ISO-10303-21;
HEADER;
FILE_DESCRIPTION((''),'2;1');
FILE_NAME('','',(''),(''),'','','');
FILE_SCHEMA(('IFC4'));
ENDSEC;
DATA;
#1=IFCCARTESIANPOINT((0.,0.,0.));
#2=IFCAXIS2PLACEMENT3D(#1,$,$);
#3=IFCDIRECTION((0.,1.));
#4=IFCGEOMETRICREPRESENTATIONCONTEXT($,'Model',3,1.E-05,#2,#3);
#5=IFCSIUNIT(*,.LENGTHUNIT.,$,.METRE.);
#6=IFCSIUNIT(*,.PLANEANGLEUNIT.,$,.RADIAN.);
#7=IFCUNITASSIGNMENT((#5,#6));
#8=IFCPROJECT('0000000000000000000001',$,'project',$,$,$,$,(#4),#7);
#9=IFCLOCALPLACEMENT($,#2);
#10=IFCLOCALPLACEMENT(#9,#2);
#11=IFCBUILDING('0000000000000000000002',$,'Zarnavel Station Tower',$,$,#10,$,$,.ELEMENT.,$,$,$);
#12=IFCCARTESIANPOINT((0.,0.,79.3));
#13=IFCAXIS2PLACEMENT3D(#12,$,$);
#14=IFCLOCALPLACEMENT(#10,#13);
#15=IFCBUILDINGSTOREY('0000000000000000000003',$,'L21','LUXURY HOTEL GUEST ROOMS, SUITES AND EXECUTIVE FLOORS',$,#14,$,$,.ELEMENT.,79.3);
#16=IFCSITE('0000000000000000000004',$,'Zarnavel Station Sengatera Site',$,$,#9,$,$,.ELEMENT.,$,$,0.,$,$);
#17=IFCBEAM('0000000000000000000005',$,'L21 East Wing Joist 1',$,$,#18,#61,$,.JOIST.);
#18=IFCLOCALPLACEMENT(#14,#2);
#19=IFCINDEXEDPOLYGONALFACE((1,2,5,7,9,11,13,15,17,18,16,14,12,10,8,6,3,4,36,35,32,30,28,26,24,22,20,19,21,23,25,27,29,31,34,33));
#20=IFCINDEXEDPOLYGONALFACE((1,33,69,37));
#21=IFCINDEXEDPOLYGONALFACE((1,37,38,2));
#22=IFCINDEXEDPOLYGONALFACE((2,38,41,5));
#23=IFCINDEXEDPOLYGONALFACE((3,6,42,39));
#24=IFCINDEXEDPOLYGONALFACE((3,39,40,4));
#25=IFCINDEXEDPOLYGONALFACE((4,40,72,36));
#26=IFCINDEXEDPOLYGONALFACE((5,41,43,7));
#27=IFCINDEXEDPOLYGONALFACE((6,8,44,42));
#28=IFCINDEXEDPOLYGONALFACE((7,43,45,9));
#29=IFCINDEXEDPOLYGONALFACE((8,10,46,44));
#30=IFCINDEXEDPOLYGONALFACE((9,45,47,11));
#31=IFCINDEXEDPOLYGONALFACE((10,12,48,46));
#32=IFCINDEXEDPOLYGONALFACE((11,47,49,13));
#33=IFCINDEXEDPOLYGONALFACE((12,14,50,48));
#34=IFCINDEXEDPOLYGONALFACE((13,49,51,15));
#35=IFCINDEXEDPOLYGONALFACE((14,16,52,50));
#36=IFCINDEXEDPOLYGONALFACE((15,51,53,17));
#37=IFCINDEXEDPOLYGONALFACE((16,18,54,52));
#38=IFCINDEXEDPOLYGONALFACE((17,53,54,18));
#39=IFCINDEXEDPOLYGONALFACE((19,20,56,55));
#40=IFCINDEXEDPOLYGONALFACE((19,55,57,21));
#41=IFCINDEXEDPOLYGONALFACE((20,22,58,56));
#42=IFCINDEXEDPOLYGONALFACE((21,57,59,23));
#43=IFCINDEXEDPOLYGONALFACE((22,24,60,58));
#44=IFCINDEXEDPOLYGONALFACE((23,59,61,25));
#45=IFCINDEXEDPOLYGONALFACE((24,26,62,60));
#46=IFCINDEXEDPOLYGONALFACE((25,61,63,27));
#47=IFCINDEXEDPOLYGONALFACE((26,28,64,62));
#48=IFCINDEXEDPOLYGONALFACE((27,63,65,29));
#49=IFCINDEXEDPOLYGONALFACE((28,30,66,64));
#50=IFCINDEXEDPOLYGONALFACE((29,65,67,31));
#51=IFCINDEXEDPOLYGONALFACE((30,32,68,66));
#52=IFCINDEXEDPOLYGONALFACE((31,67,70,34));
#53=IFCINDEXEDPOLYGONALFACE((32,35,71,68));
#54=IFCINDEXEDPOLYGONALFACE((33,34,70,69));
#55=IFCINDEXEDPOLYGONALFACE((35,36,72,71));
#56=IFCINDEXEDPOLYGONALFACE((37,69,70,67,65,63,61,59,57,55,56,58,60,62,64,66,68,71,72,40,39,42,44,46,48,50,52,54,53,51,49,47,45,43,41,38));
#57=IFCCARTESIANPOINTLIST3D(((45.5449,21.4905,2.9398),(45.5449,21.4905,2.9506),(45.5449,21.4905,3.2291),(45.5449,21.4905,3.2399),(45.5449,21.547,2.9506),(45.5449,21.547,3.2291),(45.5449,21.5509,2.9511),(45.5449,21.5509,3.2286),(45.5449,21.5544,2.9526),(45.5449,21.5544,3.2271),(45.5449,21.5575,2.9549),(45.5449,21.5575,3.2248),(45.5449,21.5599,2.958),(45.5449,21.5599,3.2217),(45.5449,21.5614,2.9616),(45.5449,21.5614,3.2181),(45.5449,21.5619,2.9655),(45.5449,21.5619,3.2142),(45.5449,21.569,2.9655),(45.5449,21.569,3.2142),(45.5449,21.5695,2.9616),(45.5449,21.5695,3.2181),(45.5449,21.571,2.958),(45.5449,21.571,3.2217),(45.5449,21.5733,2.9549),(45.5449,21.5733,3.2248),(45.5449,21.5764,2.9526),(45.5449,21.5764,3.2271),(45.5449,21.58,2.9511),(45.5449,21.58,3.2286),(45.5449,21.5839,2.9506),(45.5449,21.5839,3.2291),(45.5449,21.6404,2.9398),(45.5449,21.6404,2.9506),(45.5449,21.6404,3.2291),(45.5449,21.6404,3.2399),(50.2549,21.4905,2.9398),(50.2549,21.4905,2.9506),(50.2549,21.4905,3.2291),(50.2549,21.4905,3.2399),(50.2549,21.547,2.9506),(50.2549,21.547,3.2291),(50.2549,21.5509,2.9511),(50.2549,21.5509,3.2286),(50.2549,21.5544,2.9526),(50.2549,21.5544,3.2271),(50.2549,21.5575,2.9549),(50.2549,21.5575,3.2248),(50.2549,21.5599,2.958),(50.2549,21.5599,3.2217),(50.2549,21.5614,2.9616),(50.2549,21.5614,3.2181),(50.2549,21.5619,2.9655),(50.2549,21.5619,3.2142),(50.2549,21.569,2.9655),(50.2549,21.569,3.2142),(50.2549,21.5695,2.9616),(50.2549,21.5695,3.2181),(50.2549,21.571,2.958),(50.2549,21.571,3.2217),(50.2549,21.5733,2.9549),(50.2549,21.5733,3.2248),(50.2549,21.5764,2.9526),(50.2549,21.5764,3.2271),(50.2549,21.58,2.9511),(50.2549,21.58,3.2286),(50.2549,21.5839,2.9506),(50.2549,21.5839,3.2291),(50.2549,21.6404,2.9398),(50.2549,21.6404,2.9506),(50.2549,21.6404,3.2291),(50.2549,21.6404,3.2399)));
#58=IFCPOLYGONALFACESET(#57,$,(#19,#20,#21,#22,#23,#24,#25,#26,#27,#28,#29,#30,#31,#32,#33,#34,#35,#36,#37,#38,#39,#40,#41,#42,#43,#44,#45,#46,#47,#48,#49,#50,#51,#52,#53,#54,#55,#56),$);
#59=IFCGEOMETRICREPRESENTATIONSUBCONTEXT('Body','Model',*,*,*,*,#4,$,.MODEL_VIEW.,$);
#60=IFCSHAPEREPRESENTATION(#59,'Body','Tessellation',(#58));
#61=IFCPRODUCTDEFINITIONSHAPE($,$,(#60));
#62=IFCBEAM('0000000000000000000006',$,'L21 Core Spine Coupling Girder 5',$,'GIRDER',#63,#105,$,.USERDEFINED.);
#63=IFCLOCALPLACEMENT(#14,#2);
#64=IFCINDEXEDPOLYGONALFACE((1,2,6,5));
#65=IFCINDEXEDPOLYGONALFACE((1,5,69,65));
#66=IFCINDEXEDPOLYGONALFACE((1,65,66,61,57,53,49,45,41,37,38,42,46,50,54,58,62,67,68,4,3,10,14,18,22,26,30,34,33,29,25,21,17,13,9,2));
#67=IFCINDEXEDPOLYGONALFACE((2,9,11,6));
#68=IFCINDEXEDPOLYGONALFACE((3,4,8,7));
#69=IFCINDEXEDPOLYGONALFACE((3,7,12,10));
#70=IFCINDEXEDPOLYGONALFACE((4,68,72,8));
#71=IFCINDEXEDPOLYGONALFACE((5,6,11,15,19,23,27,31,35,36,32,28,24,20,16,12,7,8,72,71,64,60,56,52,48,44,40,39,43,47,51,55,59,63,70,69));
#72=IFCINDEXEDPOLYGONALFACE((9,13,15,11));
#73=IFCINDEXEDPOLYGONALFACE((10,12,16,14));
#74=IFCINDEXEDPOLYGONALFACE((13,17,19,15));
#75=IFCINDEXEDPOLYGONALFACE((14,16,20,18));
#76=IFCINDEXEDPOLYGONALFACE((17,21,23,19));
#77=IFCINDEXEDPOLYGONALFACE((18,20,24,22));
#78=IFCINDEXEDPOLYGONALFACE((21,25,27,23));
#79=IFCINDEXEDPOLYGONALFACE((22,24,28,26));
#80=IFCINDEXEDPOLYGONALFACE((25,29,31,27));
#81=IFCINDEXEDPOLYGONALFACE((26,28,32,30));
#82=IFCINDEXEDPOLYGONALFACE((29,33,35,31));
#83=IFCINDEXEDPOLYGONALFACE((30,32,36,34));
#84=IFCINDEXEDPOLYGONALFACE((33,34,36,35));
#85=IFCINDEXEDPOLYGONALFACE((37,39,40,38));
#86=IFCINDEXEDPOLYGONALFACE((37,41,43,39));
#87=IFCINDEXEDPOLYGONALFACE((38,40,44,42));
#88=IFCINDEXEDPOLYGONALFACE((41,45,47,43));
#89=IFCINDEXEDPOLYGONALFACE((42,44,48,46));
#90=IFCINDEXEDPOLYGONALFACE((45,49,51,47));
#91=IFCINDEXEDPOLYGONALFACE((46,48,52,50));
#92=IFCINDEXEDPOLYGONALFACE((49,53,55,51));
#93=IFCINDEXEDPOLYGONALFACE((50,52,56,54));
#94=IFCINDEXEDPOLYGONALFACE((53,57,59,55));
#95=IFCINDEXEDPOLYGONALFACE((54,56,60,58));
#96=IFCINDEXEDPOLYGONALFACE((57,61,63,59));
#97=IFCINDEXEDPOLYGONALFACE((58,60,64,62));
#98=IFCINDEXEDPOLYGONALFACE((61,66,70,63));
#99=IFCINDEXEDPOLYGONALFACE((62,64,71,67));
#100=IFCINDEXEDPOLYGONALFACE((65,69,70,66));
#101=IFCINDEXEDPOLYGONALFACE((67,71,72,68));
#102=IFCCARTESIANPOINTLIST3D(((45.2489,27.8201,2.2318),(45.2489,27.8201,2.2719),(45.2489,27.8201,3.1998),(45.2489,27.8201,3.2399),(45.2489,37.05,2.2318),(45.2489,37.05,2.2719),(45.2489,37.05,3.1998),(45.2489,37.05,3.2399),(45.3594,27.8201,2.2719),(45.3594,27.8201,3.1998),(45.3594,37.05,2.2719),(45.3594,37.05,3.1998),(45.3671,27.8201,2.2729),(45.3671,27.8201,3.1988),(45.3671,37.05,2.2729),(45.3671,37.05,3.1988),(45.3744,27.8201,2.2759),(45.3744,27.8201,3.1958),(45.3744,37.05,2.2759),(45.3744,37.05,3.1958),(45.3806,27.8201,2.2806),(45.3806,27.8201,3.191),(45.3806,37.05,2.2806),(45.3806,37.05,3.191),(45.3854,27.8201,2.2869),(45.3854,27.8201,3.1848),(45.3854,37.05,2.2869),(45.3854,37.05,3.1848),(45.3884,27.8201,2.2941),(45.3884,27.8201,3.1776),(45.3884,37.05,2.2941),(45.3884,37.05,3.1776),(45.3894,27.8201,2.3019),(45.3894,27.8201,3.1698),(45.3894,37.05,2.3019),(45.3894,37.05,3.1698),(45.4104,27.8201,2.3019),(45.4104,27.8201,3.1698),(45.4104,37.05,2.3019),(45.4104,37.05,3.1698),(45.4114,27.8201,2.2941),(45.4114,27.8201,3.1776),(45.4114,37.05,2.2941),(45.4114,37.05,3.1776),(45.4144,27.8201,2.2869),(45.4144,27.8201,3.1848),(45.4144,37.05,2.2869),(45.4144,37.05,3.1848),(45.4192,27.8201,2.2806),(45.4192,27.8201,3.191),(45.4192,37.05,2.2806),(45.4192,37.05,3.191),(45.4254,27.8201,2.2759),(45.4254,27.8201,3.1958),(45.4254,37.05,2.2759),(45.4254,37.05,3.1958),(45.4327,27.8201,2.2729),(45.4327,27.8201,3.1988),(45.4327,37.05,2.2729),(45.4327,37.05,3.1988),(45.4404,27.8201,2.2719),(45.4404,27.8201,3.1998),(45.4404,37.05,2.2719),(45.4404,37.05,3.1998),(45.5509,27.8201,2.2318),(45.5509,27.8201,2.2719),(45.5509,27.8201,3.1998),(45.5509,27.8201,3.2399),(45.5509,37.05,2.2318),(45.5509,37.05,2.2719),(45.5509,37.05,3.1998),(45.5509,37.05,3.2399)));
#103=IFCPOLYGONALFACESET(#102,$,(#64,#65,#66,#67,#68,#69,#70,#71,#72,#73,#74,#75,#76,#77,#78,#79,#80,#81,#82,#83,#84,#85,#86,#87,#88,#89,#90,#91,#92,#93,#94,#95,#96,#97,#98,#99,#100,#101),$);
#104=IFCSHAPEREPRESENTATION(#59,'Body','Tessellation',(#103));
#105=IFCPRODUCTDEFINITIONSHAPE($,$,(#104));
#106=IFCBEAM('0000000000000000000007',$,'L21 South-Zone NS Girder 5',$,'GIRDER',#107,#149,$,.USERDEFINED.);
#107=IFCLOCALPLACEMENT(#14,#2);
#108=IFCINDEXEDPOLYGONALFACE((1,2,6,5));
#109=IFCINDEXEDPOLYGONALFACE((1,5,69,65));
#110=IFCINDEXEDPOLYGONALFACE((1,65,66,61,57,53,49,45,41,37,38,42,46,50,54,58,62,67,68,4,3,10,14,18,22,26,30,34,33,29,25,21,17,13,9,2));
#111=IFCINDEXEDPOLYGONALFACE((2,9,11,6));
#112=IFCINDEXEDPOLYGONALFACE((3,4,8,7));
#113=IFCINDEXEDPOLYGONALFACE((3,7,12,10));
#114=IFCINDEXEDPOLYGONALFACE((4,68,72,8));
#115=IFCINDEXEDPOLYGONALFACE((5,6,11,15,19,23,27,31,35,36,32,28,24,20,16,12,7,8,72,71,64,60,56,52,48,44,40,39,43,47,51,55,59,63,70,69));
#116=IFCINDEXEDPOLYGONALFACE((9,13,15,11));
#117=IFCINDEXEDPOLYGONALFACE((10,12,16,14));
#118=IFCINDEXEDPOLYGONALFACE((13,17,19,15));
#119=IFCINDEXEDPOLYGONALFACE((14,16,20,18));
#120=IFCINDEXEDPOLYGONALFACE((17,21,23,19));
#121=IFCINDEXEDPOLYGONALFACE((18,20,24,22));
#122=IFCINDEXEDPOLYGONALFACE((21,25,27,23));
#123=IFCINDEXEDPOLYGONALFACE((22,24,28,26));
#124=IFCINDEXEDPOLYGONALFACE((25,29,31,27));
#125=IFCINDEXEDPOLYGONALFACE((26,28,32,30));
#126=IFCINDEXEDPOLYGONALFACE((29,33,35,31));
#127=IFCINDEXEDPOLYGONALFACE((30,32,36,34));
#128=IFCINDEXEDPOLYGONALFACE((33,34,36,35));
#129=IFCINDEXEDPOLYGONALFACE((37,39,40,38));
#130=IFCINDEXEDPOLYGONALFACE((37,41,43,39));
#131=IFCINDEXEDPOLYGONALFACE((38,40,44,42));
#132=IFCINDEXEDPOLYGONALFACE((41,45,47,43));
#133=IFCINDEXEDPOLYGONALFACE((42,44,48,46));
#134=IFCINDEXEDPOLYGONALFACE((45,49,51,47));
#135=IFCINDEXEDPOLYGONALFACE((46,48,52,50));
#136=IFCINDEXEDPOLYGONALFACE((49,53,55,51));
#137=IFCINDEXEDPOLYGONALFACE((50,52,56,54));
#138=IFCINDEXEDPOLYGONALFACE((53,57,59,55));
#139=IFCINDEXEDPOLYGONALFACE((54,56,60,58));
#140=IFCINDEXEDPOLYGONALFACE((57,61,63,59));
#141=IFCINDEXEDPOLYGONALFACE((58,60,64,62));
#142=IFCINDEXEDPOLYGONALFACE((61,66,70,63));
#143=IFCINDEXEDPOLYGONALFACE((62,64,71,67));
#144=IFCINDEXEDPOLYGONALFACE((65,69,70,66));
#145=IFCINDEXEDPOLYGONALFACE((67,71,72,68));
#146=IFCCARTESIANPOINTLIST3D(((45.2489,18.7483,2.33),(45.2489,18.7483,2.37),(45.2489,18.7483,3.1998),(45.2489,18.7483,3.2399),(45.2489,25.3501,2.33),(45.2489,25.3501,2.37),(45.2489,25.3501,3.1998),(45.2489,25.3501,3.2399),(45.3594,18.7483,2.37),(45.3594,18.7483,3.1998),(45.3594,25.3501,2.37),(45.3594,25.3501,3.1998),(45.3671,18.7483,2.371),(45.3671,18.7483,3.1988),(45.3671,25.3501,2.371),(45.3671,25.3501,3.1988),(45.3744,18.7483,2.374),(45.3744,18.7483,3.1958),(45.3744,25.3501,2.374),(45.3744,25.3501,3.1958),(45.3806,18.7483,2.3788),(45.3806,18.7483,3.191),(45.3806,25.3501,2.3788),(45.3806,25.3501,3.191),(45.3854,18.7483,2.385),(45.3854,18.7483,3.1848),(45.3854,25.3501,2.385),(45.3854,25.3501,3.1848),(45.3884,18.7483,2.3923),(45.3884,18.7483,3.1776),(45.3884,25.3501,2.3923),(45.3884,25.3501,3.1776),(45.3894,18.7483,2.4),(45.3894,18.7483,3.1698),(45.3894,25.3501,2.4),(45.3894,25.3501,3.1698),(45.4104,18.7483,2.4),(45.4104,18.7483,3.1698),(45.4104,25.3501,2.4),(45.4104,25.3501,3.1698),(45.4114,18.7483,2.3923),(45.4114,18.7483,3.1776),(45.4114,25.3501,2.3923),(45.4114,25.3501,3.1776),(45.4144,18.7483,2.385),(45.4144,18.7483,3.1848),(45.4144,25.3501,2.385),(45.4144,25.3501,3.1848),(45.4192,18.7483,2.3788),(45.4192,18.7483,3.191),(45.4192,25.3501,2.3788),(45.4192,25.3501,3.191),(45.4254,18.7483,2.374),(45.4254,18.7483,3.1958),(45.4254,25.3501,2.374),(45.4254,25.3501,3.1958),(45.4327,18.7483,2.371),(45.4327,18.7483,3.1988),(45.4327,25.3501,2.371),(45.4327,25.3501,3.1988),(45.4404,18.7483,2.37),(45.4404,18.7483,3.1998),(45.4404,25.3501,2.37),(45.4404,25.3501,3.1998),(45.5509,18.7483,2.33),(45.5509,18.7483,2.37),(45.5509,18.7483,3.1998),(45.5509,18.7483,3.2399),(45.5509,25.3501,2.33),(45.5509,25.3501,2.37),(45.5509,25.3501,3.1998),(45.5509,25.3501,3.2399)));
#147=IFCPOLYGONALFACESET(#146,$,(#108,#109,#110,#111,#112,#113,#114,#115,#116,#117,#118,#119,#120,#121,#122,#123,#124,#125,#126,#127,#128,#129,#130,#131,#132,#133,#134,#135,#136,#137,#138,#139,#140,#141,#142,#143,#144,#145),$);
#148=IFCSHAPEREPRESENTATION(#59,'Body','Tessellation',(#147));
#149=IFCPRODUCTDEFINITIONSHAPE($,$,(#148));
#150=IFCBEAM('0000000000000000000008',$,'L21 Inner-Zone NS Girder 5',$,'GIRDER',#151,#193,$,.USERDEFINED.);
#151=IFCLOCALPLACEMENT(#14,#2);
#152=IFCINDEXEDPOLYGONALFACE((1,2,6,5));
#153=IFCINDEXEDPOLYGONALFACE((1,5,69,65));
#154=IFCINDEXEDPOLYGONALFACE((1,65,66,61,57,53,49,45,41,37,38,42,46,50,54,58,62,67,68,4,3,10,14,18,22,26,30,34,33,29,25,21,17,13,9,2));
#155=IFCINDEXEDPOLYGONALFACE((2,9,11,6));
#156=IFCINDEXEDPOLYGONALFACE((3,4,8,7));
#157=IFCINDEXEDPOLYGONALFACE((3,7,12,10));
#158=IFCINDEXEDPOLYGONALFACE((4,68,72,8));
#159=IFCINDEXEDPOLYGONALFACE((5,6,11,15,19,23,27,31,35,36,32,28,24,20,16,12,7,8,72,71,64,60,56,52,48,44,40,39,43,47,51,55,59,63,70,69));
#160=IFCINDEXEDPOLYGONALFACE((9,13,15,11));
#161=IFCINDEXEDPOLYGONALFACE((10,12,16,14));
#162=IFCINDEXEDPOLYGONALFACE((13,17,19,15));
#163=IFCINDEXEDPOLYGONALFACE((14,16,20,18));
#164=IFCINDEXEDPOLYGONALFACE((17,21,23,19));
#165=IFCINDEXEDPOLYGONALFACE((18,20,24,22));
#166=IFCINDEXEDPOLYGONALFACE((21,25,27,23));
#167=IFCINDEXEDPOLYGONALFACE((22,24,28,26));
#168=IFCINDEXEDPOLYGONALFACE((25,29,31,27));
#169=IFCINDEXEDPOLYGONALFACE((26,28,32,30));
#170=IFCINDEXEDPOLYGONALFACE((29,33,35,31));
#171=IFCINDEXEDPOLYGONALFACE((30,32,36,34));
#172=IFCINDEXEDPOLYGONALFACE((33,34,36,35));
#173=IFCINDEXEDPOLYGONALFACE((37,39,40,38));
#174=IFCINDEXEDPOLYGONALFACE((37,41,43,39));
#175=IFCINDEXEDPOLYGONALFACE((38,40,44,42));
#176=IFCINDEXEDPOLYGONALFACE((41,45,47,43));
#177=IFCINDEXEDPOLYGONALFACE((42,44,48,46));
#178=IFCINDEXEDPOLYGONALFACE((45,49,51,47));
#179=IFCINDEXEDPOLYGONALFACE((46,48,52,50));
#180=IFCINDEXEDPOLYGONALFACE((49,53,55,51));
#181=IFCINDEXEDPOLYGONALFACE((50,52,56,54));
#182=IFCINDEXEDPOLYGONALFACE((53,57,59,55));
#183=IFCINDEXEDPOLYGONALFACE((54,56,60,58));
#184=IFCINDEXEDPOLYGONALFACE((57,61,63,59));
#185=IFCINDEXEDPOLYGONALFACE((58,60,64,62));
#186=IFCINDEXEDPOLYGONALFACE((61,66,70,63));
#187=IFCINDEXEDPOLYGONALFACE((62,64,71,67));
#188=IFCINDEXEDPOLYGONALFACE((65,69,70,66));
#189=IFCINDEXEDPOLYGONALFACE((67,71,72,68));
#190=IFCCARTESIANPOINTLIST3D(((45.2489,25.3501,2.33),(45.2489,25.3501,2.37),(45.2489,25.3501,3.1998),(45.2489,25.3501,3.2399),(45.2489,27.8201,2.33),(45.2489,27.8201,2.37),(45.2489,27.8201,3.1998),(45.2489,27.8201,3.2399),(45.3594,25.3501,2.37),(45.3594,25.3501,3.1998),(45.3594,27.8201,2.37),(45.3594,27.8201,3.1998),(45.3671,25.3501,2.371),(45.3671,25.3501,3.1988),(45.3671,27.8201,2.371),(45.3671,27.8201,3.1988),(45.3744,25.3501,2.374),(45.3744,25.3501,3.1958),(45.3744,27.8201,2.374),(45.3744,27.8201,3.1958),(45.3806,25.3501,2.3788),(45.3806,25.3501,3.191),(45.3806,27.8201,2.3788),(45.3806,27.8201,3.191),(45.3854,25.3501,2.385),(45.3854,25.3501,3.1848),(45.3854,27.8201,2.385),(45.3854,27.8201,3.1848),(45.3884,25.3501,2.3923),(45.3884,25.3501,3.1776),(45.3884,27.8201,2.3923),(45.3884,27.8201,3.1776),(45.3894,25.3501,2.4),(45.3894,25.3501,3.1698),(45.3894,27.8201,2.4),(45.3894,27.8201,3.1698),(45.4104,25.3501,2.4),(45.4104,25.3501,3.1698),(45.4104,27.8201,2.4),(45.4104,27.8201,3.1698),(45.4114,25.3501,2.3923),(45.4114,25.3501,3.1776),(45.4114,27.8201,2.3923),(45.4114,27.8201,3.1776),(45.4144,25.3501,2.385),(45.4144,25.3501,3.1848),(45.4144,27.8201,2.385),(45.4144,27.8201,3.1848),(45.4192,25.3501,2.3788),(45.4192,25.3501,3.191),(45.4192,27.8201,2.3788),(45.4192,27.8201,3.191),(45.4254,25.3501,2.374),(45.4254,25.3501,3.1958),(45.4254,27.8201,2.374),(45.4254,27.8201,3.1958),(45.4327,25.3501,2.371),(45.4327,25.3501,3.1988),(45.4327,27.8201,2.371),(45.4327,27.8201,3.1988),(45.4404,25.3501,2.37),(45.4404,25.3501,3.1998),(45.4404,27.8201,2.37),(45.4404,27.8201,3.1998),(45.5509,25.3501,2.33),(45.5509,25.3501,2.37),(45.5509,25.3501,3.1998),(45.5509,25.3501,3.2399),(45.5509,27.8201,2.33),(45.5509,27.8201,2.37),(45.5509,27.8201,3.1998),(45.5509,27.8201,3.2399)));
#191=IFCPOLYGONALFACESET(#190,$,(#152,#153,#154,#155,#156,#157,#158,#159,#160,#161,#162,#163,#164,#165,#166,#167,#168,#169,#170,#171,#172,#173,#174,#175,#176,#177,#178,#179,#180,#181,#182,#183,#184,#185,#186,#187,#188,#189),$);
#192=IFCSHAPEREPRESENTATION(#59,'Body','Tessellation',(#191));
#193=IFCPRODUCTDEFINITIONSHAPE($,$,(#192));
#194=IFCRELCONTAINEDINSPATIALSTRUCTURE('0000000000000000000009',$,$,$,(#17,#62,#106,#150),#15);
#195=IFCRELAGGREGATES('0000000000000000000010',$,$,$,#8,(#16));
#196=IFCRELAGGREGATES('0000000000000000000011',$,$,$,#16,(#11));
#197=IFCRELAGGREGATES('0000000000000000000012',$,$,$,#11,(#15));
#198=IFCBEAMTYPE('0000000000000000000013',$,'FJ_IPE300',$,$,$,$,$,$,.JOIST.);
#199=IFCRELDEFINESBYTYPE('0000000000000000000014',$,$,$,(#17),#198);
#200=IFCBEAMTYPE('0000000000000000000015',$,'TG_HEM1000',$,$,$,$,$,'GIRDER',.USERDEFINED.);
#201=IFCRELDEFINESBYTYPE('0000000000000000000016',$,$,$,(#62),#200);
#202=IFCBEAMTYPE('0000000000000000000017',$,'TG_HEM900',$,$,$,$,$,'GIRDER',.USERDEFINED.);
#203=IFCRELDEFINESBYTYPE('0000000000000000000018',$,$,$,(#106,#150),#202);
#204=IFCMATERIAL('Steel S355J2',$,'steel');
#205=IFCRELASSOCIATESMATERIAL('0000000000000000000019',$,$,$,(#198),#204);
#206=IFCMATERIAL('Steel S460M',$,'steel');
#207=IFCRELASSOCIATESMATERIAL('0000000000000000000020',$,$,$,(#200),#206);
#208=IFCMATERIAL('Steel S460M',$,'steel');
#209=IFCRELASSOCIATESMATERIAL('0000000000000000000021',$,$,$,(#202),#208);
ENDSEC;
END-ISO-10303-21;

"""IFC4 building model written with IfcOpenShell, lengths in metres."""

from ifc_helpers import new_model, si_unit, direction, frame, origin, origin_2d, place, context, subcontext, project, spatial, i_section, extrude, material, material_profile, profile_set, type_object, element, save


model = new_model("IFC4")

# Units and contexts
model_context = context("Model", 3, precision=1e-05, world=origin(), true_north=direction((0.0, 1.0)))
body_context = subcontext(model_context, "Body", "Model", "MODEL_VIEW")
ifc_project = project(units=[si_unit("LENGTHUNIT", "METRE"), si_unit("PLANEANGLEUNIT", "RADIAN")], contexts=[model_context])

# Site, building, storey
site_placement = place(None, origin())
site = spatial("IfcSite", under=ifc_project, at=site_placement, Name="Zarnavel Station Sengatera Site", CompositionType="ELEMENT", RefElevation=0.0)
building_placement = place(site_placement, origin())
building = spatial("IfcBuilding", under=site, at=building_placement, Name="Zarnavel Station Tower", CompositionType="ELEMENT")
storey_placement = place(building_placement, frame((0.0, 0.0, 79.3)))
storey = spatial("IfcBuildingStorey", under=building, at=storey_placement, Name="L21", Description="LUXURY HOTEL GUEST ROOMS, SUITES AND EXECUTIVE FLOORS", CompositionType="ELEMENT", Elevation=79.3)

# Beams
ifc_material_1 = material(Name="Steel S355J2", Category="steel")
ifc_material_profile_1 = material_profile(ifc_material_1, i_section(OverallWidth=0.1499, OverallDepth=0.3, WebThickness=0.0071, FlangeThickness=0.0107, FilletRadius=0.0149, at=origin_2d()), Name="IPE300")
ifc_profile_set_1 = profile_set([ifc_material_profile_1], Name="Steel S355J2")
beam_type_1 = type_object("IfcBeamType", Name="FJ_IPE300", PredefinedType="JOIST", material=ifc_profile_set_1)
beam_1_placement = place(storey_placement, frame((45.5449, 21.5654, 3.0898), z_axis=(1.0, 0.0, 0.0), x_axis=(0.0, 1.0, 0.0)))
element("IfcBeam", 1, at=beam_1_placement, inside=storey, type_object=beam_type_1, Name="L21 East Wing Joist 1", PredefinedType="JOIST", context=body_context, shape_type="SweptSolid", body=[
    extrude(i_section(OverallWidth=0.1499, OverallDepth=0.3, WebThickness=0.0071, FlangeThickness=0.0107, FilletRadius=0.0149, at=origin_2d()), origin(), (0.0, 0.0, 1.0), 4.71),
])
ifc_material_2 = material(Name="Steel S460M", Category="steel")
ifc_material_profile_2 = material_profile(ifc_material_2, i_section(OverallWidth=0.302, OverallDepth=1.0081, WebThickness=0.021, FlangeThickness=0.04, FilletRadius=0.03, at=origin_2d()), Name="HEM1000")
ifc_profile_set_2 = profile_set([ifc_material_profile_2], Name="Steel S460M")
beam_type_2 = type_object("IfcBeamType", Name="TG_HEM1000", ElementType="GIRDER", PredefinedType="USERDEFINED", material=ifc_profile_set_2)
beam_2_placement = place(storey_placement, frame((45.3999, 27.8201, 2.7358), z_axis=(0.0, 1.0, 0.0), x_axis=(-1.0, 0.0, 0.0)))
element("IfcBeam", 2, at=beam_2_placement, inside=storey, type_object=beam_type_2, Name="L21 Core Spine Coupling Girder 5", ObjectType="GIRDER", PredefinedType="USERDEFINED", context=body_context, shape_type="SweptSolid", body=[
    extrude(i_section(OverallWidth=0.302, OverallDepth=1.0081, WebThickness=0.021, FlangeThickness=0.04, FilletRadius=0.03, at=origin_2d()), origin(), (0.0, 0.0, 1.0), 9.23),
])
ifc_material_3 = material(Name="Steel S460M", Category="steel")
ifc_material_profile_3 = material_profile(ifc_material_3, i_section(OverallWidth=0.302, OverallDepth=0.9099, WebThickness=0.021, FlangeThickness=0.04, FilletRadius=0.03, at=origin_2d()), Name="HEM900")
ifc_profile_set_3 = profile_set([ifc_material_profile_3], Name="Steel S460M")
beam_type_3 = type_object("IfcBeamType", Name="TG_HEM900", ElementType="GIRDER", PredefinedType="USERDEFINED", material=ifc_profile_set_3)
beam_3_placement = place(storey_placement, frame((45.3999, 18.7483, 2.7849), z_axis=(0.0, 1.0, 0.0), x_axis=(-1.0, 0.0, 0.0)))
element("IfcBeam", 3, at=beam_3_placement, inside=storey, type_object=beam_type_3, Name="L21 South-Zone NS Girder 5", ObjectType="GIRDER", PredefinedType="USERDEFINED", context=body_context, shape_type="SweptSolid", body=[
    extrude(i_section(OverallWidth=0.302, OverallDepth=0.9099, WebThickness=0.021, FlangeThickness=0.04, FilletRadius=0.03, at=origin_2d()), origin(), (0.0, 0.0, 1.0), 6.6018),
])
beam_4_placement = place(storey_placement, frame((45.3999, 25.3501, 2.7849), z_axis=(0.0, 1.0, 0.0), x_axis=(-1.0, 0.0, 0.0)))
element("IfcBeam", 4, at=beam_4_placement, inside=storey, type_object=beam_type_3, Name="L21 Inner-Zone NS Girder 5", ObjectType="GIRDER", PredefinedType="USERDEFINED", context=body_context, shape_type="SweptSolid", body=[
    extrude(i_section(OverallWidth=0.302, OverallDepth=0.9099, WebThickness=0.021, FlangeThickness=0.04, FilletRadius=0.03, at=origin_2d()), origin(), (0.0, 0.0, 1.0), 2.47),
])

save(model, "model.ifc")
